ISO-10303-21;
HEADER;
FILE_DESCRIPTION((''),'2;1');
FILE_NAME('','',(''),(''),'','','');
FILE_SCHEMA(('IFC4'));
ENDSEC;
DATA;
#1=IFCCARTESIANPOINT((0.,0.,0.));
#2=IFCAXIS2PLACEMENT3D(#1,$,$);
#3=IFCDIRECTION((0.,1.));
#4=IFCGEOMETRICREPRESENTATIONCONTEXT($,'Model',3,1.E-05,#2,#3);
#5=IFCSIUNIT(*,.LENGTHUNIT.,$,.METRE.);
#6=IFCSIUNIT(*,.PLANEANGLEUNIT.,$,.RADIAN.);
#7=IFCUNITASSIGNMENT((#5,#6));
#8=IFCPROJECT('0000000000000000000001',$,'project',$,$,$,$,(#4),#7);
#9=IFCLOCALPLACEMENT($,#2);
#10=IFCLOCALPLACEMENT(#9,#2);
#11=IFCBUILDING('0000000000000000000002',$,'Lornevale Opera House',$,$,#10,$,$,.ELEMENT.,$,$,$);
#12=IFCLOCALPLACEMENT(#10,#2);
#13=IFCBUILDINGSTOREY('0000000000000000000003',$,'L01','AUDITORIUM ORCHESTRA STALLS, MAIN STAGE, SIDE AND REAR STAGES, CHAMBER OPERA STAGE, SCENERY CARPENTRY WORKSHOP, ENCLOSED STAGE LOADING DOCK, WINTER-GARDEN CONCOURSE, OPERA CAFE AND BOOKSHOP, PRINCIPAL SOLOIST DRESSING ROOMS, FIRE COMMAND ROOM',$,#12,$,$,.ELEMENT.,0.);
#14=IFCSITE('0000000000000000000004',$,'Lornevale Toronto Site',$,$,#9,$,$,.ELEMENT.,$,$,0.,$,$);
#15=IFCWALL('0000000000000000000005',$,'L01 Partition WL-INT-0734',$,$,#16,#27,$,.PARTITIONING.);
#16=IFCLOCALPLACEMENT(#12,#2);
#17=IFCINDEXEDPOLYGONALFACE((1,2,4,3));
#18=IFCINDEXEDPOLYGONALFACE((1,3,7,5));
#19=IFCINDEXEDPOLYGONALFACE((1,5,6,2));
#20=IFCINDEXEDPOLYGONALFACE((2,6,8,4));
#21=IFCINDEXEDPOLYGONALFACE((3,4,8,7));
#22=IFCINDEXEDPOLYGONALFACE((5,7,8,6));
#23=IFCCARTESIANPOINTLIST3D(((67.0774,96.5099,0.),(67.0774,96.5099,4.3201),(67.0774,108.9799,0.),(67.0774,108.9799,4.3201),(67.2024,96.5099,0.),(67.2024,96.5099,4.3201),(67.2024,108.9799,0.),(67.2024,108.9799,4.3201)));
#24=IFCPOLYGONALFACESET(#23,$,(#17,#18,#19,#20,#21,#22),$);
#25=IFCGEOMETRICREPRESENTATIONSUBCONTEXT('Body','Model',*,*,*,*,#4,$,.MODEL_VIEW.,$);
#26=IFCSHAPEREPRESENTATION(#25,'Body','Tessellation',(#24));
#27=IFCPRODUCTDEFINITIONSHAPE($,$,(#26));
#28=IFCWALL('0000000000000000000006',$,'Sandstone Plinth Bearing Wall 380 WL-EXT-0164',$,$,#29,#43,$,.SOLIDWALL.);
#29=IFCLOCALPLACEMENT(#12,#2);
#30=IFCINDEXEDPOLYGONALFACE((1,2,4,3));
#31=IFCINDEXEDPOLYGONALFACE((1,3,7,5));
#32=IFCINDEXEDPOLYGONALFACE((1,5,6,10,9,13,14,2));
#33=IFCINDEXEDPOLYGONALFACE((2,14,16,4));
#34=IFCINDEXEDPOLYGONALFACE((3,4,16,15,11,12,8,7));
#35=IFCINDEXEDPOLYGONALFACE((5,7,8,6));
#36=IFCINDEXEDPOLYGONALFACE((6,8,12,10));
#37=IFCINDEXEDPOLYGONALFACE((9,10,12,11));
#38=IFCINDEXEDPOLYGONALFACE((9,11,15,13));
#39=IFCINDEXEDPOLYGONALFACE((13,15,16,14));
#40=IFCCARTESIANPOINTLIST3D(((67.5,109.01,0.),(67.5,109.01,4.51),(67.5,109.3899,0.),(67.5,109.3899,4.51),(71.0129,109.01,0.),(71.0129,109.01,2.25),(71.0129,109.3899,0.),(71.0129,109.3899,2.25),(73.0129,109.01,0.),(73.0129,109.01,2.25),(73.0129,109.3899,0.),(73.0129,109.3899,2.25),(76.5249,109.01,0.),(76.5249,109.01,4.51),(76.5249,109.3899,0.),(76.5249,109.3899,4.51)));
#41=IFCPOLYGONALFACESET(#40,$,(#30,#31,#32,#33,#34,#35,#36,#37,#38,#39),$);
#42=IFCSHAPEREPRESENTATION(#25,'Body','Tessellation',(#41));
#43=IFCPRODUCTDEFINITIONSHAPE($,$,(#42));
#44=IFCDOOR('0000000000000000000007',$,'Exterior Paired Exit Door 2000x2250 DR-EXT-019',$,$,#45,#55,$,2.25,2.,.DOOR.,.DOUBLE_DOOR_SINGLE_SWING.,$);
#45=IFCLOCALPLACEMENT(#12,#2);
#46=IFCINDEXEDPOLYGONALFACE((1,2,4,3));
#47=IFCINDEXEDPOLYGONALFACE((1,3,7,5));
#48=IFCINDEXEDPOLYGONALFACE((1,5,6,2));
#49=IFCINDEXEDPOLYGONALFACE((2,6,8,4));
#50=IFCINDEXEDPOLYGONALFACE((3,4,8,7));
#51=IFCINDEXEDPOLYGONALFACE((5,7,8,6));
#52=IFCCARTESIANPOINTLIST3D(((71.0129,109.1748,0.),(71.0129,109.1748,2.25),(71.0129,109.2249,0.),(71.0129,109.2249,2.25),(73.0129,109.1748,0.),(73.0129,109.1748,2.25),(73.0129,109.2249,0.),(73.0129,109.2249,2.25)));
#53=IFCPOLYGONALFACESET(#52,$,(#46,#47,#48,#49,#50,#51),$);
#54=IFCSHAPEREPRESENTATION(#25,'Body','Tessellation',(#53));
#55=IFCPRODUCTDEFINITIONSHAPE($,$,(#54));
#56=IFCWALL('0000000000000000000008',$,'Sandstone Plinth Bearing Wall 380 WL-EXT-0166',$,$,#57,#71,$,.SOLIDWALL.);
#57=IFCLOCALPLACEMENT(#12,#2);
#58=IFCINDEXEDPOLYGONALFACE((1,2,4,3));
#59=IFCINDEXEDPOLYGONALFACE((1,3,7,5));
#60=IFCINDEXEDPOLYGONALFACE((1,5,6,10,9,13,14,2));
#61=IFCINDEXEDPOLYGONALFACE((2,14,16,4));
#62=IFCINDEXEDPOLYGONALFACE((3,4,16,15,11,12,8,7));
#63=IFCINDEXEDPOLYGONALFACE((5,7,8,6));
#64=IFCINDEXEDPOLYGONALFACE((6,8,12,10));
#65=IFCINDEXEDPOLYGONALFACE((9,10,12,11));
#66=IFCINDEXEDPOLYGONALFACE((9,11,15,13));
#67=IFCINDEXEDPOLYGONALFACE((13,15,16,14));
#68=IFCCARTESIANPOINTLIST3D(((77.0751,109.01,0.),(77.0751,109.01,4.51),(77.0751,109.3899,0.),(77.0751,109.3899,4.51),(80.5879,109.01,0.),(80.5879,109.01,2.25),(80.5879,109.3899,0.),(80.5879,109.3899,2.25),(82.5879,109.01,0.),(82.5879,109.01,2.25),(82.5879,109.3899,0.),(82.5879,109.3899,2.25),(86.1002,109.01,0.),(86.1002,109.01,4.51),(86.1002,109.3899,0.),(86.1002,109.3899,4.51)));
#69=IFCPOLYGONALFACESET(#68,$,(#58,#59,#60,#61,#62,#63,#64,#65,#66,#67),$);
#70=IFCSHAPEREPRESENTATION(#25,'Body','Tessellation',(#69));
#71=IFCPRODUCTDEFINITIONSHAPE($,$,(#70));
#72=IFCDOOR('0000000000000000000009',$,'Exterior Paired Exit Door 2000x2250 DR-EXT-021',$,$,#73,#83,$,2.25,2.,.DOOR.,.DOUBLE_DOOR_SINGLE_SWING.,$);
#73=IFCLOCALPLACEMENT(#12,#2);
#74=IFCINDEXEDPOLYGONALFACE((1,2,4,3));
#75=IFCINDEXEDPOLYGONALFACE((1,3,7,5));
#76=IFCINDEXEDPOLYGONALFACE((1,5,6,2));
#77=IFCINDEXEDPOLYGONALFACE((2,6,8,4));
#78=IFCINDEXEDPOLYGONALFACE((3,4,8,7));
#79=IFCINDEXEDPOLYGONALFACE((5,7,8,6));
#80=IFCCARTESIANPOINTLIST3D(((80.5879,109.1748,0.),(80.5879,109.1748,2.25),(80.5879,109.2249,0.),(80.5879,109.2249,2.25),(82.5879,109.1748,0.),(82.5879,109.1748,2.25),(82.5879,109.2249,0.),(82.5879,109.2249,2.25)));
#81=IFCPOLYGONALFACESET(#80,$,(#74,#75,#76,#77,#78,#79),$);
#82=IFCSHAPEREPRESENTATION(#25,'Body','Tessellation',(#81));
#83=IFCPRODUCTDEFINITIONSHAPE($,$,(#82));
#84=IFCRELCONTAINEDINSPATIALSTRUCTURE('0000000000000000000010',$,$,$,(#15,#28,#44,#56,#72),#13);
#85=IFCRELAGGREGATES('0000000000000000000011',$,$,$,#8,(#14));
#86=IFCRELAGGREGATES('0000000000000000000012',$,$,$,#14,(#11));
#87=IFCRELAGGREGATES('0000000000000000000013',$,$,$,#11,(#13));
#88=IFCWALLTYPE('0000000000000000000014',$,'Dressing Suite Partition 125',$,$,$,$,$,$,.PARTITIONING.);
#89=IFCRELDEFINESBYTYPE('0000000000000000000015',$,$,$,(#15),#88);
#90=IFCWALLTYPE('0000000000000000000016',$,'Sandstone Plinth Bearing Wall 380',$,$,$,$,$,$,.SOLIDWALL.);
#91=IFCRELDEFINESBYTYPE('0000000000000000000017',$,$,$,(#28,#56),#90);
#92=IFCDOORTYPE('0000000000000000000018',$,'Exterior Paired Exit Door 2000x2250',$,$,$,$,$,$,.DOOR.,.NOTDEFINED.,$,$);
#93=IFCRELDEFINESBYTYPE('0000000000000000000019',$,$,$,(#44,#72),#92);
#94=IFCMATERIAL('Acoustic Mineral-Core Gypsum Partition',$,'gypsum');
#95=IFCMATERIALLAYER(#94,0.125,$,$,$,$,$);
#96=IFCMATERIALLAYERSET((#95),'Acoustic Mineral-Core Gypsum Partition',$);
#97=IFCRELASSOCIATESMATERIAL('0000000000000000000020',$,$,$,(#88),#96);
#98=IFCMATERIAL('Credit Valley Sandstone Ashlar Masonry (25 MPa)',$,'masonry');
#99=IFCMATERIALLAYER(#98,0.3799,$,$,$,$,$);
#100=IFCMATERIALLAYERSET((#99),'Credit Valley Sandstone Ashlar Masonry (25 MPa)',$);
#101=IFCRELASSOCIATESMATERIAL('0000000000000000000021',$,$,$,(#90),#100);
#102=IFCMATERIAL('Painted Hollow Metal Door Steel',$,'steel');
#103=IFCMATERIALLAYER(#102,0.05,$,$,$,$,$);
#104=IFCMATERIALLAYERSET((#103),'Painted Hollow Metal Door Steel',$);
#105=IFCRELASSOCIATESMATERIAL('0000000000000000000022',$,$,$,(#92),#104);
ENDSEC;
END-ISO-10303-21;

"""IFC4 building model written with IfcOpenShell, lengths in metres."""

from ifc_helpers import new_model, si_unit, direction, frame, frame_2d, origin, place, context, subcontext, project, spatial, rectangle, extrude, material, layer, layer_set, type_object, element, fill, save


model = new_model("IFC4")

# Units and contexts
model_context = context("Model", 3, precision=1e-05, world=origin(), true_north=direction((0.0, 1.0)))
body_context = subcontext(model_context, "Body", "Model", "MODEL_VIEW")
ifc_project = project(units=[si_unit("LENGTHUNIT", "METRE"), si_unit("PLANEANGLEUNIT", "RADIAN")], contexts=[model_context])

# Site, building, storey
site_placement = place(None, origin())
site = spatial("IfcSite", under=ifc_project, at=site_placement, Name="Lornevale Toronto Site", CompositionType="ELEMENT", RefElevation=0.0)
building_placement = place(site_placement, origin())
building = spatial("IfcBuilding", under=site, at=building_placement, Name="Lornevale Opera House", CompositionType="ELEMENT")
storey_placement = place(building_placement, origin())
storey = spatial("IfcBuildingStorey", under=building, at=storey_placement, Name="L01", Description="AUDITORIUM ORCHESTRA STALLS, MAIN STAGE, SIDE AND REAR STAGES, CHAMBER OPERA STAGE, SCENERY CARPENTRY WORKSHOP, ENCLOSED STAGE LOADING DOCK, WINTER-GARDEN CONCOURSE, OPERA CAFE AND BOOKSHOP, PRINCIPAL SOLOIST DRESSING ROOMS, FIRE COMMAND ROOM", CompositionType="ELEMENT", Elevation=0.0)

# Shared definitions
ifc_material_1 = material(Name="Acoustic Mineral-Core Gypsum Partition", Category="gypsum")
ifc_material_2 = material(Name="Painted Hollow Metal Door Steel", Category="steel")

# Wall
ifc_layer_1 = layer(ifc_material_1, 0.125)
ifc_layer_set_1 = layer_set([ifc_layer_1], Name="Acoustic Mineral-Core Gypsum Partition")
wall_type_1 = type_object("IfcWallType", Name="Dressing Suite Partition 125", PredefinedType="PARTITIONING", material=ifc_layer_set_1)
wall_1_placement = place(storey_placement, frame((67.1399, 96.51, 0.0), z_axis=(0.0, 0.0, 1.0), x_axis=(0.0, 1.0, 0.0)))
element("IfcWall", 1, at=wall_1_placement, inside=storey, type_object=wall_type_1, Name="L01 Partition WL-INT-0734", PredefinedType="PARTITIONING", context=body_context, shape_type="SweptSolid", body=[
    extrude(rectangle(XDim=12.47, YDim=0.125, at=frame_2d((6.2349, 0.0))), origin(), (0.0, 0.0, 1.0), 4.3201),
])

# Walls, openings, doors
ifc_material_3 = material(Name="Credit Valley Sandstone Ashlar Masonry (25 MPa)", Category="masonry")
ifc_layer_2 = layer(ifc_material_3, 0.3799)
ifc_layer_set_2 = layer_set([ifc_layer_2], Name="Credit Valley Sandstone Ashlar Masonry (25 MPa)")
wall_type_2 = type_object("IfcWallType", Name="Sandstone Plinth Bearing Wall 380", PredefinedType="SOLIDWALL", material=ifc_layer_set_2)
wall_2_placement = place(storey_placement, frame((67.5, 109.2, 0.0), z_axis=(0.0, 0.0, 1.0), x_axis=(1.0, 0.0, 0.0)))
wall_2 = element("IfcWall", 2, at=wall_2_placement, inside=storey, type_object=wall_type_2, Name="Sandstone Plinth Bearing Wall 380 WL-EXT-0164", PredefinedType="SOLIDWALL", context=body_context, shape_type="SweptSolid", body=[
    extrude(rectangle(XDim=9.0249, YDim=0.3799, at=frame_2d((4.5125, 0.0))), origin(), (0.0, 0.0, 1.0), 4.51),
])
opening_1_placement = place(wall_2_placement, frame((3.5129, 0.0, 0.0)))
opening_1 = element("IfcOpeningElement", 3, at=opening_1_placement, cuts=wall_2, PredefinedType="OPENING", context=body_context, shape_type="SweptSolid", body=[
    extrude(rectangle(XDim=2.0, YDim=2.25, at=frame_2d((1.0, 1.125))), frame((0.0, 0.2, 0.0), z_axis=(0.0, -1.0, 0.0), x_axis=(1.0, 0.0, 0.0)), (0.0, 0.0, 1.0), 0.3999),
])
ifc_layer_3 = layer(ifc_material_2, 0.05)
ifc_layer_set_3 = layer_set([ifc_layer_3], Name="Painted Hollow Metal Door Steel")
door_type_1 = type_object("IfcDoorType", Name="Exterior Paired Exit Door 2000x2250", OperationType="NOTDEFINED", PredefinedType="DOOR", material=ifc_layer_set_3)
door_1_placement = place(opening_1_placement, origin())
door_1 = element("IfcDoor", 4, at=door_1_placement, inside=storey, type_object=door_type_1, Name="Exterior Paired Exit Door 2000x2250 DR-EXT-019", OperationType="DOUBLE_DOOR_SINGLE_SWING", OverallHeight=2.25, OverallWidth=2.0, PredefinedType="DOOR", context=body_context, shape_type="SweptSolid", body=[
    extrude(rectangle(XDim=2.0, YDim=2.25, at=frame_2d((1.0, 1.125))), frame((0.0, 0.0249, 0.0), z_axis=(0.0, -1.0, 0.0), x_axis=(1.0, 0.0, 0.0)), (0.0, 0.0, 1.0), 0.05),
])
fill(opening_1, door_1)
wall_3_placement = place(storey_placement, frame((77.075, 109.2, 0.0), z_axis=(0.0, 0.0, 1.0), x_axis=(1.0, 0.0, 0.0)))
wall_3 = element("IfcWall", 5, at=wall_3_placement, inside=storey, type_object=wall_type_2, Name="Sandstone Plinth Bearing Wall 380 WL-EXT-0166", PredefinedType="SOLIDWALL", context=body_context, shape_type="SweptSolid", body=[
    extrude(rectangle(XDim=9.0251, YDim=0.3799, at=frame_2d((4.5127, 0.0))), origin(), (0.0, 0.0, 1.0), 4.51),
])
opening_2_placement = place(wall_3_placement, frame((3.5129, 0.0, 0.0)))
opening_2 = element("IfcOpeningElement", 6, at=opening_2_placement, cuts=wall_3, PredefinedType="OPENING", context=body_context, shape_type="SweptSolid", body=[
    extrude(rectangle(XDim=2.0, YDim=2.25, at=frame_2d((1.0, 1.125))), frame((0.0, 0.2, 0.0), z_axis=(0.0, -1.0, 0.0), x_axis=(1.0, 0.0, 0.0)), (0.0, 0.0, 1.0), 0.3999),
])
door_2_placement = place(opening_2_placement, origin())
door_2 = element("IfcDoor", 7, at=door_2_placement, inside=storey, type_object=door_type_1, Name="Exterior Paired Exit Door 2000x2250 DR-EXT-021", OperationType="DOUBLE_DOOR_SINGLE_SWING", OverallHeight=2.25, OverallWidth=2.0, PredefinedType="DOOR", context=body_context, shape_type="SweptSolid", body=[
    extrude(rectangle(XDim=2.0, YDim=2.25, at=frame_2d((1.0, 1.125))), frame((0.0, 0.0249, 0.0), z_axis=(0.0, -1.0, 0.0), x_axis=(1.0, 0.0, 0.0)), (0.0, 0.0, 1.0), 0.05),
])
fill(opening_2, door_2)

save(model, "model.ifc")
